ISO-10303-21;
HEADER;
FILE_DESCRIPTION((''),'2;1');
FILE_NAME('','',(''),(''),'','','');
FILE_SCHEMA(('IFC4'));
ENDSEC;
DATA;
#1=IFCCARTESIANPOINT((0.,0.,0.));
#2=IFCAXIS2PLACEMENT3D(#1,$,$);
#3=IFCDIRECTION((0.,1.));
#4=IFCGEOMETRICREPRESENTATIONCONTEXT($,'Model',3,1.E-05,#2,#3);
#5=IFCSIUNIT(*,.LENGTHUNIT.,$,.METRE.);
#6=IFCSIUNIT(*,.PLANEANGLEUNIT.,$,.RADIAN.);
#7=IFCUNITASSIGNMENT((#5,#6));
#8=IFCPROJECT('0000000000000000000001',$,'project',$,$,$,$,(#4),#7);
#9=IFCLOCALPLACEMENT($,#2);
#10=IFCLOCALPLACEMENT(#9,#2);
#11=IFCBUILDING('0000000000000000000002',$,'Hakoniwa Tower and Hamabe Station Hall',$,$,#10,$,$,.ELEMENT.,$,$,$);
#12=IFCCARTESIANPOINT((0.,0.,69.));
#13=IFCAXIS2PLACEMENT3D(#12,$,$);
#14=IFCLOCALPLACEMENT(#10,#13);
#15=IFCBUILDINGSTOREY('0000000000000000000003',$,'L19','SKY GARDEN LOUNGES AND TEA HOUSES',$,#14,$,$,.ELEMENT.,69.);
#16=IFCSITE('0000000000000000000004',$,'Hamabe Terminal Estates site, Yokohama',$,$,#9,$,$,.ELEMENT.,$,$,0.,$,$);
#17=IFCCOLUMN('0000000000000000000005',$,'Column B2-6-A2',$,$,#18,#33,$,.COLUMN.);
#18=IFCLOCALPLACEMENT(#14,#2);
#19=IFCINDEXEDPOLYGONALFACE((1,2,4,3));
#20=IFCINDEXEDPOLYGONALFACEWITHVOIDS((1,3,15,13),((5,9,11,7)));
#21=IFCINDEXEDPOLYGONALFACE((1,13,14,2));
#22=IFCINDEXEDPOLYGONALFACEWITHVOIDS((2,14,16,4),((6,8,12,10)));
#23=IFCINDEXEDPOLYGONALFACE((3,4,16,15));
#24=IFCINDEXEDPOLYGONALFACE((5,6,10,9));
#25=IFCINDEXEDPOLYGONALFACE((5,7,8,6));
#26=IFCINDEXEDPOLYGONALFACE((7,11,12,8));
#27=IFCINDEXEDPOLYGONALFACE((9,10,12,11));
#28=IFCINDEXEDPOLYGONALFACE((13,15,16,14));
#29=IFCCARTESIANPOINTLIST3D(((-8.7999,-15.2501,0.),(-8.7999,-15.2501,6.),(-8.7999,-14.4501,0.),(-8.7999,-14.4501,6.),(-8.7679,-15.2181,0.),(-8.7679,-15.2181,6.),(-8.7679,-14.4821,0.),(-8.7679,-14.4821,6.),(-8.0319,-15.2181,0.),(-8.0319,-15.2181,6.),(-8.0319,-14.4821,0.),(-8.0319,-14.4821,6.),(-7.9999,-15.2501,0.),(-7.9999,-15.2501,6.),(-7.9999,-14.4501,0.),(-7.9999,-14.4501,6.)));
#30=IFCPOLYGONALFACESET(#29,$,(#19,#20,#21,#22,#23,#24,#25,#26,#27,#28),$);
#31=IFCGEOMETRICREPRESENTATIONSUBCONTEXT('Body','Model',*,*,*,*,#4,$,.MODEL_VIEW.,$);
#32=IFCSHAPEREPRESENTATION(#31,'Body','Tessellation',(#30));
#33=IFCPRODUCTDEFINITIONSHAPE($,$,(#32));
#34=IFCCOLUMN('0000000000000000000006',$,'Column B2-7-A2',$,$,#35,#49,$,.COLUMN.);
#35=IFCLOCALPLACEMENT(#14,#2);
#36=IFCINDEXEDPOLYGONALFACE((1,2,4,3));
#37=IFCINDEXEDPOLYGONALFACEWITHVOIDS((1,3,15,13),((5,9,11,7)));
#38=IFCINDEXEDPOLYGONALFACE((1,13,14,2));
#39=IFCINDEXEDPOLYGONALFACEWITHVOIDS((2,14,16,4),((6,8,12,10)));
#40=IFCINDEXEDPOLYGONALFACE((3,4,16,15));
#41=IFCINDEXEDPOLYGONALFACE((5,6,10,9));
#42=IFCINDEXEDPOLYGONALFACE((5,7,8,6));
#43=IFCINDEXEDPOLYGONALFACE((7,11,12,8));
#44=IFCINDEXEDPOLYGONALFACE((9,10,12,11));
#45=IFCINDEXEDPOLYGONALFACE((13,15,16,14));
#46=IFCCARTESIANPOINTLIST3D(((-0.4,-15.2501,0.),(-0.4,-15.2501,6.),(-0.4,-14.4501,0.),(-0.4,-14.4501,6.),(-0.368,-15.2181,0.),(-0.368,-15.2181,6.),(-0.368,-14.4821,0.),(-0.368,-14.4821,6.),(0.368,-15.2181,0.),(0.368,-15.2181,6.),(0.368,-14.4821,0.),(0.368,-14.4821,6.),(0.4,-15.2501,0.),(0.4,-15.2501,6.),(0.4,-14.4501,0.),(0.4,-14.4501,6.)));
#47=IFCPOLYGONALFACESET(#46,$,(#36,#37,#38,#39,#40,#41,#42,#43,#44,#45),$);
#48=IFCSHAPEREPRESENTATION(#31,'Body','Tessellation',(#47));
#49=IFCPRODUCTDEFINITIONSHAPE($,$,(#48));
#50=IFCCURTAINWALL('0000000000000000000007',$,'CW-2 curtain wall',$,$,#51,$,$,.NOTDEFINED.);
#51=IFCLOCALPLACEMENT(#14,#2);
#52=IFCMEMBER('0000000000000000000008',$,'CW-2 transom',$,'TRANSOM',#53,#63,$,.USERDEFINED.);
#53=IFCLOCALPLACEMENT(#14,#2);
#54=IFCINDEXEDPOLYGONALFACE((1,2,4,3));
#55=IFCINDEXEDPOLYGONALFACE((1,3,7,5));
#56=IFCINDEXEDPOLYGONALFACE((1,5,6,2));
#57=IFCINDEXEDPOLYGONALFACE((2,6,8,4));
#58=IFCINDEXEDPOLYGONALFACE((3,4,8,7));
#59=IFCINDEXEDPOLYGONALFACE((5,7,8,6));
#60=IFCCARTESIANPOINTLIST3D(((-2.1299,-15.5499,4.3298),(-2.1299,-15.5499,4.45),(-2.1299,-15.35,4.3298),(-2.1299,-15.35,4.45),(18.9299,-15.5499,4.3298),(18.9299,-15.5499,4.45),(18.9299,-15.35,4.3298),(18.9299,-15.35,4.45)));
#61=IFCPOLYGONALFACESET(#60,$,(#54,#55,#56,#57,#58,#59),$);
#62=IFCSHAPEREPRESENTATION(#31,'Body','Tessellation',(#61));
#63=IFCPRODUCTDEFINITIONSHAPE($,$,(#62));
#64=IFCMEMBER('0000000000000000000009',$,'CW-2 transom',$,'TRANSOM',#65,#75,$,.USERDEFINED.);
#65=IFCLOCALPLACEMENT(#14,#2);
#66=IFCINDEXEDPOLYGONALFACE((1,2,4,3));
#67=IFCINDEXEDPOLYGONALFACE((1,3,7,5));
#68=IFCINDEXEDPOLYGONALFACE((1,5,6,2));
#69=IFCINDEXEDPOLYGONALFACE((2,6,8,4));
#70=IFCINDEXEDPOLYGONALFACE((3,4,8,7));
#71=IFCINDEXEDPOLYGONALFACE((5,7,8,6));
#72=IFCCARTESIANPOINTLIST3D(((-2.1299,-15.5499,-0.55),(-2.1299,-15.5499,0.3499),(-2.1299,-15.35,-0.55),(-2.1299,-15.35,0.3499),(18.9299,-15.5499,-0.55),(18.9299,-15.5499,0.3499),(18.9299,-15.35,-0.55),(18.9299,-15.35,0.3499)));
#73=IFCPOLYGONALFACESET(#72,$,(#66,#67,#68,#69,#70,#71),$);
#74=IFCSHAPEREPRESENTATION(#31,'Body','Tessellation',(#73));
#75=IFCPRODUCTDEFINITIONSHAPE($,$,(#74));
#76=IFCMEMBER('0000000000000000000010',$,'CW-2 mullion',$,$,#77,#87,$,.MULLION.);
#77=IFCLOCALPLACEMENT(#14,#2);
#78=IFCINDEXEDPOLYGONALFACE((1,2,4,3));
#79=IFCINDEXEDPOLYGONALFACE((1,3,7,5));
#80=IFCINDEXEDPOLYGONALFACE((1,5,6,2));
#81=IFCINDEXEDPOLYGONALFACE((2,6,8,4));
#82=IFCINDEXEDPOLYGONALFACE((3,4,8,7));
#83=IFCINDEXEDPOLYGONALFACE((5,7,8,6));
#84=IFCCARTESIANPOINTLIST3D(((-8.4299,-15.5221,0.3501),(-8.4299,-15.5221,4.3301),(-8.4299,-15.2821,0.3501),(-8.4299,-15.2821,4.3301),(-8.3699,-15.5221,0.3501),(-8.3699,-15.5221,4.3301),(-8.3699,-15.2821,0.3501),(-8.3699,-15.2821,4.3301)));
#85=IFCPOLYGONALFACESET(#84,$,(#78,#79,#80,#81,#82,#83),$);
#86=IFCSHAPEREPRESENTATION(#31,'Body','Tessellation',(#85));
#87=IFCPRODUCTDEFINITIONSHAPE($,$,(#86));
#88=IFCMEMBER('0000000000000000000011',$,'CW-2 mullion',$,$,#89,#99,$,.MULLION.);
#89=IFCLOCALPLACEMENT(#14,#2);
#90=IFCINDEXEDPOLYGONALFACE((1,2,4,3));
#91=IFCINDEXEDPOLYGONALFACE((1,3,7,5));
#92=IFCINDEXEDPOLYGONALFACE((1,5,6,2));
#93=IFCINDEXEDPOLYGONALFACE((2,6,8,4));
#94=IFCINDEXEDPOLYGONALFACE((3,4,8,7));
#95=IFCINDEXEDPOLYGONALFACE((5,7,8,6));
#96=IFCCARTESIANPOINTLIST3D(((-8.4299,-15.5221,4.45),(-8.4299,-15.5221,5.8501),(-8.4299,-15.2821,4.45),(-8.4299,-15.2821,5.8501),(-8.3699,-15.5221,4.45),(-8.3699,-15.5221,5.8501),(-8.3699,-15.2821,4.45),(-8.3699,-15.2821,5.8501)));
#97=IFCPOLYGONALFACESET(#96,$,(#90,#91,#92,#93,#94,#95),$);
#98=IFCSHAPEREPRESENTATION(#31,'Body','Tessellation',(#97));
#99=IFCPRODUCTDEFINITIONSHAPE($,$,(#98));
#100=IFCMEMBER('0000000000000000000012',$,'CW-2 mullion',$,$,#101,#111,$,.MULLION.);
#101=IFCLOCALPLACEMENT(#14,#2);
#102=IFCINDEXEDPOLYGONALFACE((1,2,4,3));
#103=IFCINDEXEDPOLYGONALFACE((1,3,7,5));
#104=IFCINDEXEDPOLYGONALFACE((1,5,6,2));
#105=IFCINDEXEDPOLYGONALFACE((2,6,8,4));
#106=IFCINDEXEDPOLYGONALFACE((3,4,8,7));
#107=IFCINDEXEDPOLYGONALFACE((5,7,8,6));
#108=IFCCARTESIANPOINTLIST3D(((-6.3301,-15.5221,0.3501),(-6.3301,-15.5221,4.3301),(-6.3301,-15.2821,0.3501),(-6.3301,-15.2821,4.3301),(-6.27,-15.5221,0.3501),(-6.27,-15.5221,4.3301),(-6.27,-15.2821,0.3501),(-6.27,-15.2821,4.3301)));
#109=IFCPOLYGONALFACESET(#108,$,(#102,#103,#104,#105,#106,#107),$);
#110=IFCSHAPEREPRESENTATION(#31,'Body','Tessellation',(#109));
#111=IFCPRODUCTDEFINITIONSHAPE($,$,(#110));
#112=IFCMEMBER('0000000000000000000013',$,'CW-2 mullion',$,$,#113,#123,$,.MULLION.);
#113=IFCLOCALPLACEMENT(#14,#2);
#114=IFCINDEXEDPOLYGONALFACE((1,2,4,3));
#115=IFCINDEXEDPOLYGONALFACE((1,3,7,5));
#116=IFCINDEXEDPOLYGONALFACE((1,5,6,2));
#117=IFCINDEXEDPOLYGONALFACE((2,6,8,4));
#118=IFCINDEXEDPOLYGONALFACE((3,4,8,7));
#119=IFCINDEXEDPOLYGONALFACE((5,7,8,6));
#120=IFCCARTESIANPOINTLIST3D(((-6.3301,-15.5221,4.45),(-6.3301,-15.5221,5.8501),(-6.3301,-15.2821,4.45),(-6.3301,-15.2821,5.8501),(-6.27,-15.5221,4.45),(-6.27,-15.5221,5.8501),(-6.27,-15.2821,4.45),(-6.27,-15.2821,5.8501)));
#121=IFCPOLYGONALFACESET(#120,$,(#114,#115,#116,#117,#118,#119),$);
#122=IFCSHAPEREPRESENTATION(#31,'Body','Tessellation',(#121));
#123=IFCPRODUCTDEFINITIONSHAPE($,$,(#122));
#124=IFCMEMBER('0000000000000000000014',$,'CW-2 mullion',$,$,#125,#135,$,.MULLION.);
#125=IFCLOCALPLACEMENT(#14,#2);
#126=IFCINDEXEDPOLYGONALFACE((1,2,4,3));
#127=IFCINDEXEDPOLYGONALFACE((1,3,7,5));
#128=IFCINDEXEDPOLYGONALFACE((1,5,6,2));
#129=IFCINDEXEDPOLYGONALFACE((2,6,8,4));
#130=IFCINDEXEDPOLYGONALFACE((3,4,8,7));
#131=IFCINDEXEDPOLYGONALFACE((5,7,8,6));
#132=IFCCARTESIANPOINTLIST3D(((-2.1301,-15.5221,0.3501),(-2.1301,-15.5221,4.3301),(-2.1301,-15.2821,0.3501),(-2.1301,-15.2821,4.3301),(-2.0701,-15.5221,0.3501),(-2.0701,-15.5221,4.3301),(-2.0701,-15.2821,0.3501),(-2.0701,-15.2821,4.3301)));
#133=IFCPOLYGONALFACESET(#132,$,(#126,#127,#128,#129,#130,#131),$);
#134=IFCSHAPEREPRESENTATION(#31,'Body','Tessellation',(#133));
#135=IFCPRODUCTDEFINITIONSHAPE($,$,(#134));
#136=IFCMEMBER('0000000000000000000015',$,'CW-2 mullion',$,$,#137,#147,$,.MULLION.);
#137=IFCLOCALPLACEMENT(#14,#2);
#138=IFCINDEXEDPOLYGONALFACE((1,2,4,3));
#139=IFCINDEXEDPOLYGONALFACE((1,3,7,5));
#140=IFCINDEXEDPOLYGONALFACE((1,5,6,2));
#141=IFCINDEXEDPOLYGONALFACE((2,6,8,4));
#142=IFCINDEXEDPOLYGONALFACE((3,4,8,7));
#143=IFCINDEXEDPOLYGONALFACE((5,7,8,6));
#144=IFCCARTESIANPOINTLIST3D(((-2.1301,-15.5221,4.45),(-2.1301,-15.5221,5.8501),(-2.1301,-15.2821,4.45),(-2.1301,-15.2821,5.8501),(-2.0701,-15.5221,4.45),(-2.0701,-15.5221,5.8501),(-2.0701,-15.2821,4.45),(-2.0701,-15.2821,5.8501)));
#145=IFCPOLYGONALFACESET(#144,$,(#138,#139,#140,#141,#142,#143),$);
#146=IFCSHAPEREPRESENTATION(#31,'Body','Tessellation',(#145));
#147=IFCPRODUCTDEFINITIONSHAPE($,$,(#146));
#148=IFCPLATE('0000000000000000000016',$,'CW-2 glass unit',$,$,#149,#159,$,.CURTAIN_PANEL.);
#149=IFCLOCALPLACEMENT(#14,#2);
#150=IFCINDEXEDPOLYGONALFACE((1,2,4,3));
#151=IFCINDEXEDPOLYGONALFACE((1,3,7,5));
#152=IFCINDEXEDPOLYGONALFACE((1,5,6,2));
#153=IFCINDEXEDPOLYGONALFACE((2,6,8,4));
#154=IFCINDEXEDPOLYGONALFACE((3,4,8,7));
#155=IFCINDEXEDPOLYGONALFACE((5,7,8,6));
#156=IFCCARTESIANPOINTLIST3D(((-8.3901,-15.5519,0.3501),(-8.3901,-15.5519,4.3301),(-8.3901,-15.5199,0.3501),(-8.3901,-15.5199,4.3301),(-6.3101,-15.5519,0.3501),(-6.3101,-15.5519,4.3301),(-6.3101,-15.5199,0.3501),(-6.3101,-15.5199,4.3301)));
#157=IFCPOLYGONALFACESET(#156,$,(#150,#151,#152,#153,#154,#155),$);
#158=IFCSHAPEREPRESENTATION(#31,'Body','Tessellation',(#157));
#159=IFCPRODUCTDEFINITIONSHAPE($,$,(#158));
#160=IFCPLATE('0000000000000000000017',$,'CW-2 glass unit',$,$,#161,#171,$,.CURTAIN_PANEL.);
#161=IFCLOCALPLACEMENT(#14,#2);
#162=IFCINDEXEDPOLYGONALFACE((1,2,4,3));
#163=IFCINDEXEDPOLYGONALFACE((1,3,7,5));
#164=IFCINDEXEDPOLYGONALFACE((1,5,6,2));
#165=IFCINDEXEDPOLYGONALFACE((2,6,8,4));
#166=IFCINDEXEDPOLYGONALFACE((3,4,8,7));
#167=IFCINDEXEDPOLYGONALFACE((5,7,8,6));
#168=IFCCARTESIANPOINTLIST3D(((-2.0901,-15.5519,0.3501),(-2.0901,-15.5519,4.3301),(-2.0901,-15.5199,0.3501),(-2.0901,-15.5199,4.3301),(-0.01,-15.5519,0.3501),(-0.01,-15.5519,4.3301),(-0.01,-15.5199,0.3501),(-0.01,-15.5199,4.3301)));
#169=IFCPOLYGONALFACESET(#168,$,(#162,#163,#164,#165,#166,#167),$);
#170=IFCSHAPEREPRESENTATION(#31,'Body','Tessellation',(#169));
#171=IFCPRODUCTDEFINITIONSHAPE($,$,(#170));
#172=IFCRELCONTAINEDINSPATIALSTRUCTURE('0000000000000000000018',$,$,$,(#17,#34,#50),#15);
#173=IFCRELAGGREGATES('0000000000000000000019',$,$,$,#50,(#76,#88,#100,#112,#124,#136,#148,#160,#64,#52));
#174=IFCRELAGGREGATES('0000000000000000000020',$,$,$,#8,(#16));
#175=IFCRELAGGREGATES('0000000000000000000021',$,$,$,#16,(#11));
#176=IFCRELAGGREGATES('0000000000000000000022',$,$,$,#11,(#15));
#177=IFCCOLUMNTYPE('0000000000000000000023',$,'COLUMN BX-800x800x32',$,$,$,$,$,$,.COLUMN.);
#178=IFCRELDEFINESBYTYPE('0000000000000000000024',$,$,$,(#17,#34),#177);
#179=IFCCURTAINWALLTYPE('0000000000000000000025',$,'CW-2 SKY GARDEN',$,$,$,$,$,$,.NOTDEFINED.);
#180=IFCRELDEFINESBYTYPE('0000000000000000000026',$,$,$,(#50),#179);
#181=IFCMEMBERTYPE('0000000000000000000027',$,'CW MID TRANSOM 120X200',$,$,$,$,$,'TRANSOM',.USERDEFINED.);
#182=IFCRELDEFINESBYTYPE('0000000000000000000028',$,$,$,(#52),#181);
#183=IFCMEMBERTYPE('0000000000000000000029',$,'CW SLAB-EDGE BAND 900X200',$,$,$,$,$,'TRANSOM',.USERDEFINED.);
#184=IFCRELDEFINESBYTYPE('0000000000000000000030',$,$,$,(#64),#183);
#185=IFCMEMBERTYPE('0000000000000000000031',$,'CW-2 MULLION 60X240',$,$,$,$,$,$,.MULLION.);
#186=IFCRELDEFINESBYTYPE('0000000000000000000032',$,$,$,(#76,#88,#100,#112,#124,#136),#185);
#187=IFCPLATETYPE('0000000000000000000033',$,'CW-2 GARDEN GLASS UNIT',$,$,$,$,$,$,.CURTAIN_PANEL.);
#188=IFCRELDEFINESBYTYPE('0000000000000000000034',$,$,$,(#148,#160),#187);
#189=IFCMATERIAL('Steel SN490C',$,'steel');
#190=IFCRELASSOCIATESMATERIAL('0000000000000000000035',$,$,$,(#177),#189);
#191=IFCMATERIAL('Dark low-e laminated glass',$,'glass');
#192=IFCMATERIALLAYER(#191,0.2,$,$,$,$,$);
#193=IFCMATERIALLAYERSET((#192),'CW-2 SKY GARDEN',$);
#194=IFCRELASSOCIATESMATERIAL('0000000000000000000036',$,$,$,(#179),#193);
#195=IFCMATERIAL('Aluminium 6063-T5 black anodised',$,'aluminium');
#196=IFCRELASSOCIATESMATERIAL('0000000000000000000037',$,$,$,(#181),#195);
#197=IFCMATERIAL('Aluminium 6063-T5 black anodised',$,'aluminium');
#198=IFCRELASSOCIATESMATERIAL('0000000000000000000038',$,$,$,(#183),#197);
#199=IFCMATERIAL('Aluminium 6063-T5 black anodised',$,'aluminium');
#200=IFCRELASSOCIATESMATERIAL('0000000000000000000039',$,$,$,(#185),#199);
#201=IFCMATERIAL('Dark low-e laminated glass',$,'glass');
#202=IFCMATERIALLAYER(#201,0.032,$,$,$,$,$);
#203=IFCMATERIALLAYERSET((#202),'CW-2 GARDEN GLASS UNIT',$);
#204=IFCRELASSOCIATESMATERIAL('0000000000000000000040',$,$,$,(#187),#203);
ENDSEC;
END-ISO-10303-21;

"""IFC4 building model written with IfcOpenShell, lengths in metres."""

from ifc_helpers import new_model, si_unit, direction, frame, origin, origin_2d, place, context, subcontext, project, spatial, rectangle, hollow_rectangle, extrude, material, layer, layer_set, material_profile, profile_set, type_object, element, aggregate, save


model = new_model("IFC4")

# Units and contexts
model_context = context("Model", 3, precision=1e-05, world=origin(), true_north=direction((0.0, 1.0)))
body_context = subcontext(model_context, "Body", "Model", "MODEL_VIEW")
ifc_project = project(units=[si_unit("LENGTHUNIT", "METRE"), si_unit("PLANEANGLEUNIT", "RADIAN")], contexts=[model_context])

# Site, building, storey
site_placement = place(None, origin())
site = spatial("IfcSite", under=ifc_project, at=site_placement, Name="Hamabe Terminal Estates site, Yokohama", CompositionType="ELEMENT", RefElevation=0.0)
building_placement = place(site_placement, origin())
building = spatial("IfcBuilding", under=site, at=building_placement, Name="Hakoniwa Tower and Hamabe Station Hall", CompositionType="ELEMENT")
storey_placement = place(building_placement, frame((0.0, 0.0, 69.0)))
storey = spatial("IfcBuildingStorey", under=building, at=storey_placement, Name="L19", Description="SKY GARDEN LOUNGES AND TEA HOUSES", CompositionType="ELEMENT", Elevation=69.0)

# Columns
ifc_material_1 = material(Name="Steel SN490C", Category="steel")
ifc_material_profile_1 = material_profile(ifc_material_1, hollow_rectangle(XDim=0.8, YDim=0.8, WallThickness=0.032, at=origin_2d()), Name="BX-800x800x32")
ifc_profile_set_1 = profile_set([ifc_material_profile_1], Name="Steel SN490C")
column_type = type_object("IfcColumnType", Name="COLUMN BX-800x800x32", PredefinedType="COLUMN", material=ifc_profile_set_1)
for number, where, z_axis, x_axis, name in (
    (1, (-8.3999, -14.8501, 0.0), (0.0, 0.0, 1.0), (1.0, 0.0, 0.0), "Column B2-6-A2"),
    (2, (0.0, -14.8501, 0.0), (0.0, 0.0, 1.0), (1.0, 0.0, 0.0), "Column B2-7-A2"),
):
    element("IfcColumn", number, at=place(storey_placement, frame(where, z_axis=z_axis, x_axis=x_axis)), inside=storey, type_object=column_type, Name=name, PredefinedType="COLUMN", context=body_context, shape_type="SweptSolid", body=[
        extrude(hollow_rectangle(XDim=0.8, YDim=0.8, WallThickness=0.032, at=origin_2d()), origin(), (0.0, 0.0, 1.0), 6.0),
    ])

# Curtain wall, members, plates
ifc_material_2 = material(Name="Dark low-e laminated glass", Category="glass")
ifc_layer_1 = layer(ifc_material_2, 0.2)
ifc_layer_set_1 = layer_set([ifc_layer_1], Name="CW-2 SKY GARDEN")
curtain_wall_type = type_object("IfcCurtainWallType", Name="CW-2 SKY GARDEN", PredefinedType="NOTDEFINED", material=ifc_layer_set_1)
curtain_wall_placement = place(storey_placement, origin())
curtain_wall = element("IfcCurtainWall", 3, at=curtain_wall_placement, inside=storey, type_object=curtain_wall_type, Name="CW-2 curtain wall", PredefinedType="NOTDEFINED")
ifc_material_3 = material(Name="Aluminium 6063-T5 black anodised", Category="aluminium")
ifc_material_profile_2 = material_profile(ifc_material_3, rectangle(XDim=0.2, YDim=0.1201, at=origin_2d()), Name="CW MID TRANSOM 120X200")
ifc_profile_set_2 = profile_set([ifc_material_profile_2], Name="Aluminium 6063-T5 black anodised")
member_type_1 = type_object("IfcMemberType", Name="CW MID TRANSOM 120X200", ElementType="TRANSOM", PredefinedType="USERDEFINED", material=ifc_profile_set_2)
member_1_placement = place(storey_placement, frame((-2.1299, -15.45, 4.3899), z_axis=(1.0, 0.0, 0.0), x_axis=(0.0, 1.0, 0.0)))
member_1 = element("IfcMember", 4, at=member_1_placement, type_object=member_type_1, Name="CW-2 transom", ObjectType="TRANSOM", PredefinedType="USERDEFINED", context=body_context, shape_type="SweptSolid", body=[
    extrude(rectangle(XDim=0.2, YDim=0.1201, at=origin_2d()), origin(), (0.0, 0.0, 1.0), 21.0598),
])
ifc_material_4 = material(Name="Aluminium 6063-T5 black anodised", Category="aluminium")
ifc_material_profile_3 = material_profile(ifc_material_4, rectangle(XDim=0.2, YDim=0.8999, at=origin_2d()), Name="CW SLAB-EDGE BAND 900X200")
ifc_profile_set_3 = profile_set([ifc_material_profile_3], Name="Aluminium 6063-T5 black anodised")
member_type_2 = type_object("IfcMemberType", Name="CW SLAB-EDGE BAND 900X200", ElementType="TRANSOM", PredefinedType="USERDEFINED", material=ifc_profile_set_3)
member_2_placement = place(storey_placement, frame((-2.1299, -15.45, -0.1001), z_axis=(1.0, 0.0, 0.0), x_axis=(0.0, 1.0, 0.0)))
member_2 = element("IfcMember", 5, at=member_2_placement, type_object=member_type_2, Name="CW-2 transom", ObjectType="TRANSOM", PredefinedType="USERDEFINED", context=body_context, shape_type="SweptSolid", body=[
    extrude(rectangle(XDim=0.2, YDim=0.8999, at=origin_2d()), origin(), (0.0, 0.0, 1.0), 21.0598),
])
ifc_material_5 = material(Name="Aluminium 6063-T5 black anodised", Category="aluminium")
ifc_material_profile_4 = material_profile(ifc_material_5, rectangle(XDim=0.0601, YDim=0.24, at=origin_2d()), Name="CW-2 MULLION 60X240")
ifc_profile_set_4 = profile_set([ifc_material_profile_4], Name="Aluminium 6063-T5 black anodised")
member_type_3 = type_object("IfcMemberType", Name="CW-2 MULLION 60X240", PredefinedType="MULLION", material=ifc_profile_set_4)
member_3_placement = place(storey_placement, frame((-8.3999, -15.4021, 0.3501), z_axis=(0.0, 0.0, 1.0), x_axis=(1.0, 0.0, 0.0)))
member_3 = element("IfcMember", 6, at=member_3_placement, type_object=member_type_3, Name="CW-2 mullion", PredefinedType="MULLION", context=body_context, shape_type="SweptSolid", body=[
    extrude(rectangle(XDim=0.0601, YDim=0.24, at=origin_2d()), origin(), (0.0, 0.0, 1.0), 3.98),
])
member_4_placement = place(storey_placement, frame((-8.3999, -15.4021, 4.45), z_axis=(0.0, 0.0, 1.0), x_axis=(1.0, 0.0, 0.0)))
member_4 = element("IfcMember", 7, at=member_4_placement, type_object=member_type_3, Name="CW-2 mullion", PredefinedType="MULLION", context=body_context, shape_type="SweptSolid", body=[
    extrude(rectangle(XDim=0.0601, YDim=0.24, at=origin_2d()), origin(), (0.0, 0.0, 1.0), 1.4001),
])
member_5_placement = place(storey_placement, frame((-6.3, -15.4021, 0.3501), z_axis=(0.0, 0.0, 1.0), x_axis=(1.0, 0.0, 0.0)))
member_5 = element("IfcMember", 8, at=member_5_placement, type_object=member_type_3, Name="CW-2 mullion", PredefinedType="MULLION", context=body_context, shape_type="SweptSolid", body=[
    extrude(rectangle(XDim=0.0601, YDim=0.24, at=origin_2d()), origin(), (0.0, 0.0, 1.0), 3.98),
])
member_6_placement = place(storey_placement, frame((-6.3, -15.4021, 4.45), z_axis=(0.0, 0.0, 1.0), x_axis=(1.0, 0.0, 0.0)))
member_6 = element("IfcMember", 9, at=member_6_placement, type_object=member_type_3, Name="CW-2 mullion", PredefinedType="MULLION", context=body_context, shape_type="SweptSolid", body=[
    extrude(rectangle(XDim=0.0601, YDim=0.24, at=origin_2d()), origin(), (0.0, 0.0, 1.0), 1.4001),
])
member_7_placement = place(storey_placement, frame((-2.1001, -15.4021, 0.3501), z_axis=(0.0, 0.0, 1.0), x_axis=(1.0, 0.0, 0.0)))
member_7 = element("IfcMember", 10, at=member_7_placement, type_object=member_type_3, Name="CW-2 mullion", PredefinedType="MULLION", context=body_context, shape_type="SweptSolid", body=[
    extrude(rectangle(XDim=0.0601, YDim=0.24, at=origin_2d()), origin(), (0.0, 0.0, 1.0), 3.98),
])
member_8_placement = place(storey_placement, frame((-2.1001, -15.4021, 4.45), z_axis=(0.0, 0.0, 1.0), x_axis=(1.0, 0.0, 0.0)))
member_8 = element("IfcMember", 11, at=member_8_placement, type_object=member_type_3, Name="CW-2 mullion", PredefinedType="MULLION", context=body_context, shape_type="SweptSolid", body=[
    extrude(rectangle(XDim=0.0601, YDim=0.24, at=origin_2d()), origin(), (0.0, 0.0, 1.0), 1.4001),
])
ifc_material_6 = material(Name="Dark low-e laminated glass", Category="glass")
ifc_layer_2 = layer(ifc_material_6, 0.032)
ifc_layer_set_2 = layer_set([ifc_layer_2], Name="CW-2 GARDEN GLASS UNIT")
plate_type = type_object("IfcPlateType", Name="CW-2 GARDEN GLASS UNIT", PredefinedType="CURTAIN_PANEL", material=ifc_layer_set_2)
plate_1_placement = place(storey_placement, frame((-7.3501, -15.5359, 0.3501), z_axis=(0.0, 0.0, 1.0), x_axis=(1.0, 0.0, 0.0)))
plate_1 = element("IfcPlate", 12, at=plate_1_placement, type_object=plate_type, Name="CW-2 glass unit", PredefinedType="CURTAIN_PANEL", context=body_context, shape_type="SweptSolid", body=[
    extrude(rectangle(XDim=2.0801, YDim=0.032, at=origin_2d()), origin(), (0.0, 0.0, 1.0), 3.98),
])
plate_2_placement = place(storey_placement, frame((-1.05, -15.5359, 0.3501), z_axis=(0.0, 0.0, 1.0), x_axis=(1.0, 0.0, 0.0)))
plate_2 = element("IfcPlate", 13, at=plate_2_placement, type_object=plate_type, Name="CW-2 glass unit", PredefinedType="CURTAIN_PANEL", context=body_context, shape_type="SweptSolid", body=[
    extrude(rectangle(XDim=2.0801, YDim=0.032, at=origin_2d()), origin(), (0.0, 0.0, 1.0), 3.98),
])
aggregate(curtain_wall, [member_3, member_4, member_5, member_6, member_7, member_8, plate_1, plate_2, member_2, member_1])

save(model, "model.ifc")
